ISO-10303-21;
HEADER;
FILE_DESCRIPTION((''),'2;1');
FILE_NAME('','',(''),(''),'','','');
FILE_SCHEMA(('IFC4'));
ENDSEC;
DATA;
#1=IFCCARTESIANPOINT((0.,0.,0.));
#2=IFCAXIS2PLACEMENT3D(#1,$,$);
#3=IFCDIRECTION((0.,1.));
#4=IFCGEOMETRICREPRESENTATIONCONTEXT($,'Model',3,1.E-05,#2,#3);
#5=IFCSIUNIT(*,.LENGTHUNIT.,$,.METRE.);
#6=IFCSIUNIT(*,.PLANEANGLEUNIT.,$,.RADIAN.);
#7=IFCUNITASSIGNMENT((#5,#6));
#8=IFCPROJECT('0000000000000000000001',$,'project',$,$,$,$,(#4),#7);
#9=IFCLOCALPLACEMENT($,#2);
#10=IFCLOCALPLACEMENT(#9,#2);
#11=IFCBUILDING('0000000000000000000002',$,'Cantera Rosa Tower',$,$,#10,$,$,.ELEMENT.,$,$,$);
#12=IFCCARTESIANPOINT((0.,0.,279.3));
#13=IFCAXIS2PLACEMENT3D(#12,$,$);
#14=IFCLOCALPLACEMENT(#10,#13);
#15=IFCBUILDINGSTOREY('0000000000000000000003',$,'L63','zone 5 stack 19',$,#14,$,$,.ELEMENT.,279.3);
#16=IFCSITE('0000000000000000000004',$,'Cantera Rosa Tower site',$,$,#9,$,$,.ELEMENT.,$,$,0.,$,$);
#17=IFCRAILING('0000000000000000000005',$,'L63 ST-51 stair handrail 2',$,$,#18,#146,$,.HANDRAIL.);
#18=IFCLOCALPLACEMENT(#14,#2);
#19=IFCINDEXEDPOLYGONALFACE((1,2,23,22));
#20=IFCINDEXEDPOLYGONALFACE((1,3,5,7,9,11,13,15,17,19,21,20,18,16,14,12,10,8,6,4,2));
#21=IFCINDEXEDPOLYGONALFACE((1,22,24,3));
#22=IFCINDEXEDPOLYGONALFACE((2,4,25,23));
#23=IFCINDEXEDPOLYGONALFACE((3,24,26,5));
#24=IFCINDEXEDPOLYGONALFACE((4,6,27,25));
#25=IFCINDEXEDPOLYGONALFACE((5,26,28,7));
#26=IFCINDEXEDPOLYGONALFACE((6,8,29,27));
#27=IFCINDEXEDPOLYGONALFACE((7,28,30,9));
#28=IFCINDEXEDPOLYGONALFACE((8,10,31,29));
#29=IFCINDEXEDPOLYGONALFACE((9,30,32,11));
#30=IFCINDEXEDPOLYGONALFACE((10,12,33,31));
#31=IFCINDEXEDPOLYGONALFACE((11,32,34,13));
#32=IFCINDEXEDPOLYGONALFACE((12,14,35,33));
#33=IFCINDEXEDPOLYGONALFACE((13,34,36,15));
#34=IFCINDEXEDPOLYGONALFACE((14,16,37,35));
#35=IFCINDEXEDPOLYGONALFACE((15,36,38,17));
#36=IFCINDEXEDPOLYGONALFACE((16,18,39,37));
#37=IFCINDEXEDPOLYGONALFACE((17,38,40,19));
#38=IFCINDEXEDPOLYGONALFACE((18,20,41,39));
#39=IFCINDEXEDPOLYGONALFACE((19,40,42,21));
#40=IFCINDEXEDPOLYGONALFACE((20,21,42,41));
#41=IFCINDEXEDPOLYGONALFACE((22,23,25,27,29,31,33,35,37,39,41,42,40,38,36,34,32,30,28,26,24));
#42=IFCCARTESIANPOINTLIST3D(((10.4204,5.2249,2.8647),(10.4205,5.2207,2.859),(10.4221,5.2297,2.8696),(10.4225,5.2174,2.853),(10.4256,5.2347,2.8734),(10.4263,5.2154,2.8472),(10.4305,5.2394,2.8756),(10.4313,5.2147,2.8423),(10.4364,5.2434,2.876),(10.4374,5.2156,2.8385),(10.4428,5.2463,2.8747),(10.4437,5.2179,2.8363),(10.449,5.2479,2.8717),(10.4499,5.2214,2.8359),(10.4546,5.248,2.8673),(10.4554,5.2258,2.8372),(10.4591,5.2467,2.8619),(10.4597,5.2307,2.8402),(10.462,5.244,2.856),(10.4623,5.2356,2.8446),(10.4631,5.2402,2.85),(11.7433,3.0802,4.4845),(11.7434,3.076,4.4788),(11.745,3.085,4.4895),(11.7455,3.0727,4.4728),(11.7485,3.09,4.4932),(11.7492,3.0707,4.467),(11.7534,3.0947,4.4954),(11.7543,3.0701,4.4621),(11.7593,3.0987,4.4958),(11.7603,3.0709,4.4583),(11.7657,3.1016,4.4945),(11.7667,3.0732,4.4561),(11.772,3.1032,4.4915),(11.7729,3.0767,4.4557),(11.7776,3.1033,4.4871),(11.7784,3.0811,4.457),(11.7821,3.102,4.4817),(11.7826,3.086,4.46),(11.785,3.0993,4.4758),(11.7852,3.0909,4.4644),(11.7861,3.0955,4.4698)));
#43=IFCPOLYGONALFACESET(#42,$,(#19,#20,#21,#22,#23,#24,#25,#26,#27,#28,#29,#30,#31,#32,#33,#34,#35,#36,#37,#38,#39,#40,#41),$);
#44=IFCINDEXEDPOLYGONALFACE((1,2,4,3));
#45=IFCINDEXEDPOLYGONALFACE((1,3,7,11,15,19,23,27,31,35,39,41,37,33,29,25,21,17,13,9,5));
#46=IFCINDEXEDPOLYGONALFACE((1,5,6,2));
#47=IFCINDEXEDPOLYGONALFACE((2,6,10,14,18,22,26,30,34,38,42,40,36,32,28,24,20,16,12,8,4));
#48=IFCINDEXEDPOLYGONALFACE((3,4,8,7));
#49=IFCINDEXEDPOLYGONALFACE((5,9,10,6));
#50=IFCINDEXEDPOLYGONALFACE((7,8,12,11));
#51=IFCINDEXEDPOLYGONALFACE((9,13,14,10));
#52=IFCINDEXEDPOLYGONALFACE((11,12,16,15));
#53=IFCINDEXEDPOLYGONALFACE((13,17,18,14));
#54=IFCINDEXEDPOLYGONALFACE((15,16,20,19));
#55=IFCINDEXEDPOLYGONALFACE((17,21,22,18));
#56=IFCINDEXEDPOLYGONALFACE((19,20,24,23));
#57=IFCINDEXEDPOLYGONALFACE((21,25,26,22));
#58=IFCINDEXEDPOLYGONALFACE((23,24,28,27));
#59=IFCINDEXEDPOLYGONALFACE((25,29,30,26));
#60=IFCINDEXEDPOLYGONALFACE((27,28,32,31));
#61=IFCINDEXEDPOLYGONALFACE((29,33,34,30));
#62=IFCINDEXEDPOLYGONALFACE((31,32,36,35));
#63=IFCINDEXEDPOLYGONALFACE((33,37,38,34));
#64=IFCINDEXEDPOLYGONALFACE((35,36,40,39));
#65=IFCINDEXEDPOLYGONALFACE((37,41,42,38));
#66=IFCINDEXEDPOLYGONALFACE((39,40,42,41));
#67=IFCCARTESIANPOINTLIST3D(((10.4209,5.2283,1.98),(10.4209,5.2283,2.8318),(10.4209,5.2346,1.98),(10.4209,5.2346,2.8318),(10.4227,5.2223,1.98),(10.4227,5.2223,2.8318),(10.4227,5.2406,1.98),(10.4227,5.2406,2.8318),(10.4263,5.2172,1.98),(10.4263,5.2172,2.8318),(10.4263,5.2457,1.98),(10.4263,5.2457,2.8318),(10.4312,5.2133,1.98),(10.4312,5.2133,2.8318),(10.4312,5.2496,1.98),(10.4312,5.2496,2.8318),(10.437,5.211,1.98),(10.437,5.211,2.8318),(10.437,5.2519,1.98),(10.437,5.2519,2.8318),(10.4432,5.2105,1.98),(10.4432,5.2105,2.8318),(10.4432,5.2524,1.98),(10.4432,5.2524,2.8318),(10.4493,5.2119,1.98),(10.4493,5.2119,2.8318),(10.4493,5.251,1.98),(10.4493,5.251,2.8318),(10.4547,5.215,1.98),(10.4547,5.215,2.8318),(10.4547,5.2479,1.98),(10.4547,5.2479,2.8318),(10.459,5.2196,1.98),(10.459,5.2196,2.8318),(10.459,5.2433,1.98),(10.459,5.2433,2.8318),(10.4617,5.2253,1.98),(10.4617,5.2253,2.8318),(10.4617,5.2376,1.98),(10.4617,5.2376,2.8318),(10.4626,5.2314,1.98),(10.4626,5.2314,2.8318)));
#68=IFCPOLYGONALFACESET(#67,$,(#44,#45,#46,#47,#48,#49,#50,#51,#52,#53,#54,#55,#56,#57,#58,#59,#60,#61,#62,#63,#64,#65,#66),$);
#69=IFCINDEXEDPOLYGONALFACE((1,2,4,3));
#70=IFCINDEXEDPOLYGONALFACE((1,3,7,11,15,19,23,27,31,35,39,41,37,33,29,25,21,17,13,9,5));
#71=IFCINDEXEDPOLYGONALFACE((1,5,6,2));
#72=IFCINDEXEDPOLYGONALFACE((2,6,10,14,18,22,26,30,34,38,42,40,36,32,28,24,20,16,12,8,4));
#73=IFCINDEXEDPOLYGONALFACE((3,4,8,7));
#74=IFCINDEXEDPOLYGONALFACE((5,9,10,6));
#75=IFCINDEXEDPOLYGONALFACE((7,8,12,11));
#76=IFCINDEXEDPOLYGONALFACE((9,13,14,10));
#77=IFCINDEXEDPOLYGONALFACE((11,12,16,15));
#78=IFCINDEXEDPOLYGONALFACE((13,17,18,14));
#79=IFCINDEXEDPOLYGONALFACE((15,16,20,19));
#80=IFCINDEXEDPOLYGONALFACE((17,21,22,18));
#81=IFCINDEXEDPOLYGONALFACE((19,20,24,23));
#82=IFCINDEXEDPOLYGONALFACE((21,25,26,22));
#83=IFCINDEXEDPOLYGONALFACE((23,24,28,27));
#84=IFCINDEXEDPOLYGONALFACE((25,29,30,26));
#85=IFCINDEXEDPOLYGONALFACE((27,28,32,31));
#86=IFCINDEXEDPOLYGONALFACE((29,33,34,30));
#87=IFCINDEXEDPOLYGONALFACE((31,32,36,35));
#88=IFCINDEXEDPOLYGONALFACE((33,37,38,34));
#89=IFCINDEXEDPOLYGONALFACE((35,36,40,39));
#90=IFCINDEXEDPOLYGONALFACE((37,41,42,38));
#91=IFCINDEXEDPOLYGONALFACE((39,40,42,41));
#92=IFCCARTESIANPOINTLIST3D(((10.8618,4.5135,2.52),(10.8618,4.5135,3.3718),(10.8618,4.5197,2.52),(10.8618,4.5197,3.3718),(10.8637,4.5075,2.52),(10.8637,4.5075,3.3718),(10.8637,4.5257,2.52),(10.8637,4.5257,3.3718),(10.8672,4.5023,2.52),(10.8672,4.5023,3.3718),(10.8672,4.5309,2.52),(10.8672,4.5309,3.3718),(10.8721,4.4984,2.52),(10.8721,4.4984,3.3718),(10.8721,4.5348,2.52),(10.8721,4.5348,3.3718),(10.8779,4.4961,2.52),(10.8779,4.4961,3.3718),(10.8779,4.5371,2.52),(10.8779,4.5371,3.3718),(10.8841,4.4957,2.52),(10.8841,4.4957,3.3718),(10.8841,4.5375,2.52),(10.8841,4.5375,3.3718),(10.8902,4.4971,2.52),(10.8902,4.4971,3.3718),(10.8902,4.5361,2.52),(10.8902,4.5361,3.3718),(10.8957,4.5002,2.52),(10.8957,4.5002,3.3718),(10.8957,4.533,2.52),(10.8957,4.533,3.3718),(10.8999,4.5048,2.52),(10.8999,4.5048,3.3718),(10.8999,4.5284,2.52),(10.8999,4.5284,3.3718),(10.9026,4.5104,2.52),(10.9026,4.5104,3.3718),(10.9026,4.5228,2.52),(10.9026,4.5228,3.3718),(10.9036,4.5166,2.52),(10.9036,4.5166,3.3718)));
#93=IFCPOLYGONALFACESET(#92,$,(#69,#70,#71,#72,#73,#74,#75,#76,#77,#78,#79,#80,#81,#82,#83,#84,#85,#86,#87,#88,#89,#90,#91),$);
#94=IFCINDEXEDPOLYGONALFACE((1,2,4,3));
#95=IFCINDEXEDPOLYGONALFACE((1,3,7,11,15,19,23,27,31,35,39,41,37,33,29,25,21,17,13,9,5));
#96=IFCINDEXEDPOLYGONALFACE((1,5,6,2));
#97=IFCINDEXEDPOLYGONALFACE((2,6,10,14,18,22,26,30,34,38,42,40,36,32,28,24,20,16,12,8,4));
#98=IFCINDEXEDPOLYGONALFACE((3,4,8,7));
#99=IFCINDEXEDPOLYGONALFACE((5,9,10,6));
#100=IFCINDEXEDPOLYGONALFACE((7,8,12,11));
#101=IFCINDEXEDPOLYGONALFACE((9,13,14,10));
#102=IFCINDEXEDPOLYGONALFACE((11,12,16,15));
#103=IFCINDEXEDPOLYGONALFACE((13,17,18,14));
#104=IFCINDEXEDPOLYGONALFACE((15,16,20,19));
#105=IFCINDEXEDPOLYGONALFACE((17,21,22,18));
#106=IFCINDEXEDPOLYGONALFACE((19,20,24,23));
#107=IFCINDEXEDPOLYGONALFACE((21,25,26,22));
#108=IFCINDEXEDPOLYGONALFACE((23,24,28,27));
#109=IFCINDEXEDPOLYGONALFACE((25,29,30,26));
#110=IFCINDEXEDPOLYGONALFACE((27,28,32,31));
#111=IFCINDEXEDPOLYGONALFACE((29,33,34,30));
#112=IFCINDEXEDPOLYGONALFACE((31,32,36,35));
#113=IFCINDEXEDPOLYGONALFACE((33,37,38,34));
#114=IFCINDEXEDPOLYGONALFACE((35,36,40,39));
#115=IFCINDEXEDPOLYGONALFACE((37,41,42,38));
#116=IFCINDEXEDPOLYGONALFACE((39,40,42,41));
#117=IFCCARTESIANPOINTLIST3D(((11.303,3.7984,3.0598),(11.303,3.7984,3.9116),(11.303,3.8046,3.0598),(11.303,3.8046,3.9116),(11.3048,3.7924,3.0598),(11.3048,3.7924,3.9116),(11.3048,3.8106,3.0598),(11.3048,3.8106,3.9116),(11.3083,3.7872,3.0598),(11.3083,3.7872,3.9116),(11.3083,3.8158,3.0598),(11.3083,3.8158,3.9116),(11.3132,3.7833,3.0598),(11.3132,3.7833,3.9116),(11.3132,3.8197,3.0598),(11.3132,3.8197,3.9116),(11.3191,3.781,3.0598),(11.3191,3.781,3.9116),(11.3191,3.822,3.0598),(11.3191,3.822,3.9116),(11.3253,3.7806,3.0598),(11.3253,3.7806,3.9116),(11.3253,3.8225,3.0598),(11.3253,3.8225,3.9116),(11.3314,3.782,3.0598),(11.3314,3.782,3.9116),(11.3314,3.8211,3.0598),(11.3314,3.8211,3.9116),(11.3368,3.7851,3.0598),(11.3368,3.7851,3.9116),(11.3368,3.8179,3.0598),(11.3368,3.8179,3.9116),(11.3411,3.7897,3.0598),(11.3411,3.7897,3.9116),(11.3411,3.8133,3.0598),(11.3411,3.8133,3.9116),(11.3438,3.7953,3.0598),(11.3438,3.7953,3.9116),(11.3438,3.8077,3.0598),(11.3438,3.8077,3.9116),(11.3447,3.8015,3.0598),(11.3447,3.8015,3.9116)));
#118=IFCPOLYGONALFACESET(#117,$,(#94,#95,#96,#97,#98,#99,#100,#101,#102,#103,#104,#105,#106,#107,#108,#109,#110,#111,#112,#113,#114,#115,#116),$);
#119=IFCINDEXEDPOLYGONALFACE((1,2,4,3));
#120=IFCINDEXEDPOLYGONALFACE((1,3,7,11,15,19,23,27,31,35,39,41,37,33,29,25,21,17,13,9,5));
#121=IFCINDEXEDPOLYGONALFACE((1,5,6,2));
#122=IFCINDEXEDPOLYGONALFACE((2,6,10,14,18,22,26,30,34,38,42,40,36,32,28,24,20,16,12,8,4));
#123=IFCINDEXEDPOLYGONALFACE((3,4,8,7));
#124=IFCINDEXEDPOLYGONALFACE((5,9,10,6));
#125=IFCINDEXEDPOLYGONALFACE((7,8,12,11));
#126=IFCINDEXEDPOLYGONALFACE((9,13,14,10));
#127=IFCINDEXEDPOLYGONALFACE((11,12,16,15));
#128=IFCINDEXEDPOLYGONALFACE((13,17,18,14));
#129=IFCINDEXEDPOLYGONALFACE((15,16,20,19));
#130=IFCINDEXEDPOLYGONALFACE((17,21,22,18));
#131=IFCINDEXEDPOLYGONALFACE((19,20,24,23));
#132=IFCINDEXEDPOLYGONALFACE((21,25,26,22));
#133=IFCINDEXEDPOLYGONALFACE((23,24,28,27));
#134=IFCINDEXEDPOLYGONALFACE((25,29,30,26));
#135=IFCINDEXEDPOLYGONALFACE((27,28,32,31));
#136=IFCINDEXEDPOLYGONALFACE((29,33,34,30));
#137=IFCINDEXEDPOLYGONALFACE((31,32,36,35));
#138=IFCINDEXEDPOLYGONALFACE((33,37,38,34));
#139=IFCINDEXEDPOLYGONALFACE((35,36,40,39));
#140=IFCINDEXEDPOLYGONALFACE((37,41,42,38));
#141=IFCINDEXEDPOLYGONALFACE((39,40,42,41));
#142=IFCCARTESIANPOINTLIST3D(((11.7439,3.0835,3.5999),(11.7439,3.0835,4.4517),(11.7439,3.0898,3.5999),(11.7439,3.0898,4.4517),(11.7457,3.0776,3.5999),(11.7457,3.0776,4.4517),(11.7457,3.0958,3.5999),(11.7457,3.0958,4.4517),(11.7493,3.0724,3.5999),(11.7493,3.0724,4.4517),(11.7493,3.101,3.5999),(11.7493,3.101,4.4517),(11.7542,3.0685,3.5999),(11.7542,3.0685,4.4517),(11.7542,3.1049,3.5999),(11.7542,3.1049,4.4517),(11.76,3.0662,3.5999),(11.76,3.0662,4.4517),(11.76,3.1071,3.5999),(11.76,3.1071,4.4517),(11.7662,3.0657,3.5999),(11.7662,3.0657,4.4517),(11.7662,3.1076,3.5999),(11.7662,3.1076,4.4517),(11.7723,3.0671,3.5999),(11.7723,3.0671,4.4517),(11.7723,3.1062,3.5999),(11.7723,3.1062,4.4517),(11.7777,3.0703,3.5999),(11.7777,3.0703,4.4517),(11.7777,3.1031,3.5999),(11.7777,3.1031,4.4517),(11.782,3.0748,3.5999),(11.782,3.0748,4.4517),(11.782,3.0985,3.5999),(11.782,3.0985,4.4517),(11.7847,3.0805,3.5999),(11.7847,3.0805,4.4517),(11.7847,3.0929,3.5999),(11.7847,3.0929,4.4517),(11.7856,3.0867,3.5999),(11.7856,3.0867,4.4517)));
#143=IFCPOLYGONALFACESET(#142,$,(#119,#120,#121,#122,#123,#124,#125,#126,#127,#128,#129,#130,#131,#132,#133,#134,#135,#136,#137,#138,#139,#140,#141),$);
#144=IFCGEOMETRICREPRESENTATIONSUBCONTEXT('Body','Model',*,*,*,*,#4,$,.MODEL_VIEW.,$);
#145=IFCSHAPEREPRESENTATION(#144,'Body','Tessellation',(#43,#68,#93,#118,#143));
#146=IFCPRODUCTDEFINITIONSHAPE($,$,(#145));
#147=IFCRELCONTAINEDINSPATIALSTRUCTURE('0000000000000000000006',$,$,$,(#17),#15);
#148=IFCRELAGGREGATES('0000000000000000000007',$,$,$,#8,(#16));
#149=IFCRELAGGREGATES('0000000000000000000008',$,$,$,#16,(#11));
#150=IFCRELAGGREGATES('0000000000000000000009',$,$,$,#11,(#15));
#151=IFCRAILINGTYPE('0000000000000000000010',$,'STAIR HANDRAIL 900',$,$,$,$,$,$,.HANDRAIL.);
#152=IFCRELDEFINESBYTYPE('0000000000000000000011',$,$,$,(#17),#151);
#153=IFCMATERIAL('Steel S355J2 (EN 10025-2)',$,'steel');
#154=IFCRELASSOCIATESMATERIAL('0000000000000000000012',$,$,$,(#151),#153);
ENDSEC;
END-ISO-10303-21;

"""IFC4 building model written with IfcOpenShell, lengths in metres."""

from ifc_helpers import new_model, si_unit, direction, frame, origin, origin_2d, place, context, subcontext, project, spatial, circle, extrude, material, type_object, element, save


model = new_model("IFC4")

# Units and contexts
model_context = context("Model", 3, precision=1e-05, world=origin(), true_north=direction((0.0, 1.0)))
body_context = subcontext(model_context, "Body", "Model", "MODEL_VIEW")
ifc_project = project(units=[si_unit("LENGTHUNIT", "METRE"), si_unit("PLANEANGLEUNIT", "RADIAN")], contexts=[model_context])

# Site, building, storey
site_placement = place(None, origin())
site = spatial("IfcSite", under=ifc_project, at=site_placement, Name="Cantera Rosa Tower site", CompositionType="ELEMENT", RefElevation=0.0)
building_placement = place(site_placement, origin())
building = spatial("IfcBuilding", under=site, at=building_placement, Name="Cantera Rosa Tower", CompositionType="ELEMENT")
storey_placement = place(building_placement, frame((0.0, 0.0, 279.3)))
storey = spatial("IfcBuildingStorey", under=building, at=storey_placement, Name="L63", Description="zone 5 stack 19", CompositionType="ELEMENT", Elevation=279.3)

# Railing
ifc_material_1 = material(Name="Steel S355J2 (EN 10025-2)", Category="steel")
railing_type_1 = type_object("IfcRailingType", Name="STAIR HANDRAIL 900", PredefinedType="HANDRAIL", material=ifc_material_1)
railing_1_placement = place(storey_placement, frame((10.4417, 5.2314, 1.98)))
element("IfcRailing", 1, at=railing_1_placement, inside=storey, type_object=railing_type_1, Name="L63 ST-51 stair handrail 2", PredefinedType="HANDRAIL", context=body_context, shape_type="SweptSolid", body=[
    extrude(circle(Radius=0.0239, at=origin_2d()), frame((0.0, 0.0, 0.876), z_axis=(0.441629, -0.715945, 0.540728), x_axis=(0.851102, 0.525, 0.0)), (0.0, 0.0, 1.0), 2.9956),
    extrude(circle(Radius=0.021, at=origin_2d()), origin(), (0.0, 0.0, 1.0), 0.8518),
    extrude(circle(Radius=0.021, at=origin_2d()), frame((0.4409, -0.7148, 0.54)), (0.0, 0.0, 1.0), 0.8518),
    extrude(circle(Radius=0.021, at=origin_2d()), frame((0.8821, -1.4299, 1.0798)), (0.0, 0.0, 1.0), 0.8518),
    extrude(circle(Radius=0.021, at=origin_2d()), frame((1.323, -2.1448, 1.6199)), (0.0, 0.0, 1.0), 0.8518),
])

save(model, "model.ifc")
